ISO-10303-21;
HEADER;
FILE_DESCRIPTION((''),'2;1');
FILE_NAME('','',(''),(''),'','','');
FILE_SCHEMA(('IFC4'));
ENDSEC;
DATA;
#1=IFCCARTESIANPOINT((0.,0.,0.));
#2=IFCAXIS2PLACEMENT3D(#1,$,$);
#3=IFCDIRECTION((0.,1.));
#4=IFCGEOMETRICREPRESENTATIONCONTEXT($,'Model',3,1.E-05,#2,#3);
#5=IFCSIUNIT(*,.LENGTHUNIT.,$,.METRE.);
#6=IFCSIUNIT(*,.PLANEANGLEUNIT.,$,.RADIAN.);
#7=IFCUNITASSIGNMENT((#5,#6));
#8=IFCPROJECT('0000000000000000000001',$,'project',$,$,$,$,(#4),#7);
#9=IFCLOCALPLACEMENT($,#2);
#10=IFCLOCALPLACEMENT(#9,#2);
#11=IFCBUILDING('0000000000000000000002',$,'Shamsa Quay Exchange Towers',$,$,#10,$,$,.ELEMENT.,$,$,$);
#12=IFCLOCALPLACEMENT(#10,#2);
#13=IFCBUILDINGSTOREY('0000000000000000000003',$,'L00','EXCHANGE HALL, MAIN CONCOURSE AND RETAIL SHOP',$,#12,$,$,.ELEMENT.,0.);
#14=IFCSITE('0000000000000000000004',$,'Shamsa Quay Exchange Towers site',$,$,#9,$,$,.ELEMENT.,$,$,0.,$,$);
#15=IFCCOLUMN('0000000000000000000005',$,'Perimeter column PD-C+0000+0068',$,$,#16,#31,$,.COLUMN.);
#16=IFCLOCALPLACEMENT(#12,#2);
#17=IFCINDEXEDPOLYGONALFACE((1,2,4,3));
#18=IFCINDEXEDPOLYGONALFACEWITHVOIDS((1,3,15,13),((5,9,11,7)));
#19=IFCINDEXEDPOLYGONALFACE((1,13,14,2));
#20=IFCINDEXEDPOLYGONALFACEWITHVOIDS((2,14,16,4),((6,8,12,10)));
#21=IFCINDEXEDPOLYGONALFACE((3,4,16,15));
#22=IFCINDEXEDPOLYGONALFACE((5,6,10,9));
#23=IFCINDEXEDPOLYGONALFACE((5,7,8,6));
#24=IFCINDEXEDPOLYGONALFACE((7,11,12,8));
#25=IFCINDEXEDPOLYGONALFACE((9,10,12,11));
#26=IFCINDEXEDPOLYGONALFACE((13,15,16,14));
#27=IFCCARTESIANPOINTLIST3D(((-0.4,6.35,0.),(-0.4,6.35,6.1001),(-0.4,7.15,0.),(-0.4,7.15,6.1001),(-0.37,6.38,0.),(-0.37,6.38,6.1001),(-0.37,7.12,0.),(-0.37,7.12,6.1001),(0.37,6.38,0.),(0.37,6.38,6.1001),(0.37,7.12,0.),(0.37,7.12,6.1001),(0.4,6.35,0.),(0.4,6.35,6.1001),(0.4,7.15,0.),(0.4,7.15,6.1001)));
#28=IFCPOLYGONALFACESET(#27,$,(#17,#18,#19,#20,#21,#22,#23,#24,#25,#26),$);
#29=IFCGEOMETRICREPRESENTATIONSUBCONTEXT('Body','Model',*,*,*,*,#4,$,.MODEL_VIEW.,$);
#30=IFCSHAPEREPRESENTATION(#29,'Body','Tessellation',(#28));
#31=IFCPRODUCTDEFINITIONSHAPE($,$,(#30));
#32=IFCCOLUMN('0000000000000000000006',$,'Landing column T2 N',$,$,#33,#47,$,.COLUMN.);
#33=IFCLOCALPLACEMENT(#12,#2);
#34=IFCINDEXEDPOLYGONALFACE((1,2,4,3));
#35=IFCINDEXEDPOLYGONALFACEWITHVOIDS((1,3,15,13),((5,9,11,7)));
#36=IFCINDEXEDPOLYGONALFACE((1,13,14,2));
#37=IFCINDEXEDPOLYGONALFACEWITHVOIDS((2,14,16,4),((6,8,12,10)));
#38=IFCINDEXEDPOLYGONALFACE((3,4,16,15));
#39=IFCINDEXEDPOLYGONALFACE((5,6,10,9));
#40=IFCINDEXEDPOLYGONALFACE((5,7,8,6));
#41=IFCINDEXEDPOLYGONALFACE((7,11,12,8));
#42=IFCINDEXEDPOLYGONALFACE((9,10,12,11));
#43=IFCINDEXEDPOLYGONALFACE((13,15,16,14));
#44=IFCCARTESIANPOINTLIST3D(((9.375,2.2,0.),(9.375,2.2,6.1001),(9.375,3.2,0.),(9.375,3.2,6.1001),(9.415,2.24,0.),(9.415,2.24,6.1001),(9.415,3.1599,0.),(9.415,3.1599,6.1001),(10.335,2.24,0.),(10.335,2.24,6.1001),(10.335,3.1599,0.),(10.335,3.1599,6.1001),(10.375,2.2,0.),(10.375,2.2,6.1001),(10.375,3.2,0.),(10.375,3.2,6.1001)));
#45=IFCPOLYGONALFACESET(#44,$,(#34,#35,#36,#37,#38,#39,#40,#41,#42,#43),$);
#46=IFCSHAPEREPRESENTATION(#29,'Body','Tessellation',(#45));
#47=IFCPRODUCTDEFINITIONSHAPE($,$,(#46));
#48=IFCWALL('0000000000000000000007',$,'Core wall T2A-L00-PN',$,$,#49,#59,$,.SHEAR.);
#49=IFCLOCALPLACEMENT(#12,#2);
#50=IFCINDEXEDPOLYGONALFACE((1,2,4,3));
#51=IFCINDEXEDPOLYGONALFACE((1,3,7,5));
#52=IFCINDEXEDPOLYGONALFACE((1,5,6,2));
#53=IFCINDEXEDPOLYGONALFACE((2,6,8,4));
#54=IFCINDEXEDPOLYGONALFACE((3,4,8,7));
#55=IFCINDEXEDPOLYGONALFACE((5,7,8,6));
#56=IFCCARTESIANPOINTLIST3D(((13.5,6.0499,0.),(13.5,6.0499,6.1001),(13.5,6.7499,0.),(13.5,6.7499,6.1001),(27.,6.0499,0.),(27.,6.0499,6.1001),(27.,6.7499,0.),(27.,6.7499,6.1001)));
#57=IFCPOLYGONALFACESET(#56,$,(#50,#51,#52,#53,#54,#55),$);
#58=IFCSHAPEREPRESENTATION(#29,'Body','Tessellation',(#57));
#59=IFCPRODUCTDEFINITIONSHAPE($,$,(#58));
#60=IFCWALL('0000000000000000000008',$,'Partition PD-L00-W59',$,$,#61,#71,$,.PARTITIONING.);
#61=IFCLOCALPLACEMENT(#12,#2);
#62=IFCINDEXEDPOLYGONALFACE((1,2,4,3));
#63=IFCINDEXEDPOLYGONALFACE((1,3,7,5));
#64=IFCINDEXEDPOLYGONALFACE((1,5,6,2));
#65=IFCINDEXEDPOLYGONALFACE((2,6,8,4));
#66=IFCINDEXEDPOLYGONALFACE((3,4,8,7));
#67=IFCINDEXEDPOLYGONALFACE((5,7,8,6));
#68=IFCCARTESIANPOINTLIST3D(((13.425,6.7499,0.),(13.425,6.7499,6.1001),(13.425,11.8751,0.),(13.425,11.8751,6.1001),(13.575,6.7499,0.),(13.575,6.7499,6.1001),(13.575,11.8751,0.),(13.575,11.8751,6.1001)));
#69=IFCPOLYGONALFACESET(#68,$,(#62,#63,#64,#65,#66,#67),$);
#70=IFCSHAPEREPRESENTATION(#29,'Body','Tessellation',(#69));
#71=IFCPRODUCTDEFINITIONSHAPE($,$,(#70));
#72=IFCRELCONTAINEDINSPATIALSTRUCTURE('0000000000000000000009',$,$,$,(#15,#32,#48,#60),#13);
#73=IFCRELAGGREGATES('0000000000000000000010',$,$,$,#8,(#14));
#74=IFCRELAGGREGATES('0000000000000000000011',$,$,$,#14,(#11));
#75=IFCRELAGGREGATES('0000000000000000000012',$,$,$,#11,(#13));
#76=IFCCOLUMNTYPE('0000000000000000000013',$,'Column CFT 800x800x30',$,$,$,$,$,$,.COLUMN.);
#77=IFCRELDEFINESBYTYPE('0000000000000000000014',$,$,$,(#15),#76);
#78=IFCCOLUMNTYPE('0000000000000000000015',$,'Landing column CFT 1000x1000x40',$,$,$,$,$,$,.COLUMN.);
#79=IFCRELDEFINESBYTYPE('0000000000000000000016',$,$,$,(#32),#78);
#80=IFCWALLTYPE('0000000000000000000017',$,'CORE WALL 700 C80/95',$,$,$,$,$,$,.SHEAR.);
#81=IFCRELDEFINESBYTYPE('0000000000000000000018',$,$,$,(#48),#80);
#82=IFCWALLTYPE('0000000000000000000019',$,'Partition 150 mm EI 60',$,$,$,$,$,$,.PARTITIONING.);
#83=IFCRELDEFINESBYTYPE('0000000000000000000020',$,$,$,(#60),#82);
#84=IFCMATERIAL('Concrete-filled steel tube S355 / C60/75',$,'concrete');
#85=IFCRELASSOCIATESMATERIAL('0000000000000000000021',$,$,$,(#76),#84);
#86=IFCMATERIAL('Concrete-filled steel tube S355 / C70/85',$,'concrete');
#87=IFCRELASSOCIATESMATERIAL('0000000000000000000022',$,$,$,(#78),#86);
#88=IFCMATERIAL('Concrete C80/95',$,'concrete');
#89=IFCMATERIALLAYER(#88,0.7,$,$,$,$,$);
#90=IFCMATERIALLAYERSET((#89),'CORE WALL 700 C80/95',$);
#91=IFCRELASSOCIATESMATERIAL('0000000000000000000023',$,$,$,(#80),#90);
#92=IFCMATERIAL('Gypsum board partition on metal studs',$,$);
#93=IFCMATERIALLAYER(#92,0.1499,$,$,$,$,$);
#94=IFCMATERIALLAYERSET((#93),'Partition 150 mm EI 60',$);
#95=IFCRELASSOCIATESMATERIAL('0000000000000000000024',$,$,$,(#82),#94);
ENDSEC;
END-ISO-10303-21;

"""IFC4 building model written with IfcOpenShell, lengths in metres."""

from ifc_helpers import new_model, si_unit, direction, frame, frame_2d, origin, origin_2d, place, context, subcontext, project, spatial, rectangle, hollow_rectangle, extrude, material, layer, layer_set, material_profile, profile_set, type_object, element, save


model = new_model("IFC4")

# Units and contexts
model_context = context("Model", 3, precision=1e-05, world=origin(), true_north=direction((0.0, 1.0)))
body_context = subcontext(model_context, "Body", "Model", "MODEL_VIEW")
ifc_project = project(units=[si_unit("LENGTHUNIT", "METRE"), si_unit("PLANEANGLEUNIT", "RADIAN")], contexts=[model_context])

# Site, building, storey
site_placement = place(None, origin())
site = spatial("IfcSite", under=ifc_project, at=site_placement, Name="Shamsa Quay Exchange Towers site", CompositionType="ELEMENT", RefElevation=0.0)
building_placement = place(site_placement, origin())
building = spatial("IfcBuilding", under=site, at=building_placement, Name="Shamsa Quay Exchange Towers", CompositionType="ELEMENT")
storey_placement = place(building_placement, origin())
storey = spatial("IfcBuildingStorey", under=building, at=storey_placement, Name="L00", Description="EXCHANGE HALL, MAIN CONCOURSE AND RETAIL SHOP", CompositionType="ELEMENT", Elevation=0.0)

# Columns
ifc_material_1 = material(Name="Concrete-filled steel tube S355 / C60/75", Category="concrete")
ifc_material_profile_1 = material_profile(ifc_material_1, hollow_rectangle(XDim=0.8, YDim=0.8, WallThickness=0.03, at=origin_2d()), Name="CFT 800x800x30")
ifc_profile_set_1 = profile_set([ifc_material_profile_1], Name="Concrete-filled steel tube S355 / C60/75")
column_type_1 = type_object("IfcColumnType", Name="Column CFT 800x800x30", PredefinedType="COLUMN", material=ifc_profile_set_1)
column_1_placement = place(storey_placement, frame((0.0, 6.75, 0.0)))
element("IfcColumn", 1, at=column_1_placement, inside=storey, type_object=column_type_1, Name="Perimeter column PD-C+0000+0068", PredefinedType="COLUMN", context=body_context, shape_type="SweptSolid", body=[
    extrude(hollow_rectangle(XDim=0.8, YDim=0.8, WallThickness=0.03, at=origin_2d()), origin(), (0.0, 0.0, 1.0), 6.1001),
])
ifc_material_2 = material(Name="Concrete-filled steel tube S355 / C70/85", Category="concrete")
ifc_material_profile_2 = material_profile(ifc_material_2, hollow_rectangle(XDim=1.0, YDim=1.0, WallThickness=0.04, at=origin_2d()), Name="CFT 1000x1000x40")
ifc_profile_set_2 = profile_set([ifc_material_profile_2], Name="Concrete-filled steel tube S355 / C70/85")
column_type_2 = type_object("IfcColumnType", Name="Landing column CFT 1000x1000x40", PredefinedType="COLUMN", material=ifc_profile_set_2)
column_2_placement = place(storey_placement, frame((9.875, 2.7, 0.0)))
element("IfcColumn", 2, at=column_2_placement, inside=storey, type_object=column_type_2, Name="Landing column T2 N", PredefinedType="COLUMN", context=body_context, shape_type="SweptSolid", body=[
    extrude(hollow_rectangle(XDim=1.0, YDim=1.0, WallThickness=0.04, at=origin_2d()), origin(), (0.0, 0.0, 1.0), 6.1001),
])

# Wall
ifc_material_3 = material(Name="Concrete C80/95", Category="concrete")
ifc_layer_1 = layer(ifc_material_3, 0.7)
ifc_layer_set_1 = layer_set([ifc_layer_1], Name="CORE WALL 700 C80/95")
wall_type_1 = type_object("IfcWallType", Name="CORE WALL 700 C80/95", PredefinedType="SHEAR", material=ifc_layer_set_1)
wall_1_placement = place(storey_placement, frame((13.5, 6.3999, 0.0)))
element("IfcWall", 3, at=wall_1_placement, inside=storey, type_object=wall_type_1, Name="Core wall T2A-L00-PN", PredefinedType="SHEAR", context=body_context, shape_type="SweptSolid", body=[
    extrude(rectangle(XDim=13.5, YDim=0.7, at=frame_2d((6.75, 0.0))), origin(), (0.0, 0.0, 1.0), 6.1001),
])

# Wall
ifc_material_4 = material(Name="Gypsum board partition on metal studs")
ifc_layer_2 = layer(ifc_material_4, 0.1499)
ifc_layer_set_2 = layer_set([ifc_layer_2], Name="Partition 150 mm EI 60")
wall_type_2 = type_object("IfcWallType", Name="Partition 150 mm EI 60", PredefinedType="PARTITIONING", material=ifc_layer_set_2)
wall_2_placement = place(storey_placement, frame((13.5, 6.75, 0.0), z_axis=(0.0, 0.0, 1.0), x_axis=(0.0, 1.0, 0.0)))
element("IfcWall", 4, at=wall_2_placement, inside=storey, type_object=wall_type_2, Name="Partition PD-L00-W59", PredefinedType="PARTITIONING", context=body_context, shape_type="SweptSolid", body=[
    extrude(rectangle(XDim=5.1252, YDim=0.1499, at=frame_2d((2.5625, 0.0))), origin(), (0.0, 0.0, 1.0), 6.1001),
])

save(model, "model.ifc")
